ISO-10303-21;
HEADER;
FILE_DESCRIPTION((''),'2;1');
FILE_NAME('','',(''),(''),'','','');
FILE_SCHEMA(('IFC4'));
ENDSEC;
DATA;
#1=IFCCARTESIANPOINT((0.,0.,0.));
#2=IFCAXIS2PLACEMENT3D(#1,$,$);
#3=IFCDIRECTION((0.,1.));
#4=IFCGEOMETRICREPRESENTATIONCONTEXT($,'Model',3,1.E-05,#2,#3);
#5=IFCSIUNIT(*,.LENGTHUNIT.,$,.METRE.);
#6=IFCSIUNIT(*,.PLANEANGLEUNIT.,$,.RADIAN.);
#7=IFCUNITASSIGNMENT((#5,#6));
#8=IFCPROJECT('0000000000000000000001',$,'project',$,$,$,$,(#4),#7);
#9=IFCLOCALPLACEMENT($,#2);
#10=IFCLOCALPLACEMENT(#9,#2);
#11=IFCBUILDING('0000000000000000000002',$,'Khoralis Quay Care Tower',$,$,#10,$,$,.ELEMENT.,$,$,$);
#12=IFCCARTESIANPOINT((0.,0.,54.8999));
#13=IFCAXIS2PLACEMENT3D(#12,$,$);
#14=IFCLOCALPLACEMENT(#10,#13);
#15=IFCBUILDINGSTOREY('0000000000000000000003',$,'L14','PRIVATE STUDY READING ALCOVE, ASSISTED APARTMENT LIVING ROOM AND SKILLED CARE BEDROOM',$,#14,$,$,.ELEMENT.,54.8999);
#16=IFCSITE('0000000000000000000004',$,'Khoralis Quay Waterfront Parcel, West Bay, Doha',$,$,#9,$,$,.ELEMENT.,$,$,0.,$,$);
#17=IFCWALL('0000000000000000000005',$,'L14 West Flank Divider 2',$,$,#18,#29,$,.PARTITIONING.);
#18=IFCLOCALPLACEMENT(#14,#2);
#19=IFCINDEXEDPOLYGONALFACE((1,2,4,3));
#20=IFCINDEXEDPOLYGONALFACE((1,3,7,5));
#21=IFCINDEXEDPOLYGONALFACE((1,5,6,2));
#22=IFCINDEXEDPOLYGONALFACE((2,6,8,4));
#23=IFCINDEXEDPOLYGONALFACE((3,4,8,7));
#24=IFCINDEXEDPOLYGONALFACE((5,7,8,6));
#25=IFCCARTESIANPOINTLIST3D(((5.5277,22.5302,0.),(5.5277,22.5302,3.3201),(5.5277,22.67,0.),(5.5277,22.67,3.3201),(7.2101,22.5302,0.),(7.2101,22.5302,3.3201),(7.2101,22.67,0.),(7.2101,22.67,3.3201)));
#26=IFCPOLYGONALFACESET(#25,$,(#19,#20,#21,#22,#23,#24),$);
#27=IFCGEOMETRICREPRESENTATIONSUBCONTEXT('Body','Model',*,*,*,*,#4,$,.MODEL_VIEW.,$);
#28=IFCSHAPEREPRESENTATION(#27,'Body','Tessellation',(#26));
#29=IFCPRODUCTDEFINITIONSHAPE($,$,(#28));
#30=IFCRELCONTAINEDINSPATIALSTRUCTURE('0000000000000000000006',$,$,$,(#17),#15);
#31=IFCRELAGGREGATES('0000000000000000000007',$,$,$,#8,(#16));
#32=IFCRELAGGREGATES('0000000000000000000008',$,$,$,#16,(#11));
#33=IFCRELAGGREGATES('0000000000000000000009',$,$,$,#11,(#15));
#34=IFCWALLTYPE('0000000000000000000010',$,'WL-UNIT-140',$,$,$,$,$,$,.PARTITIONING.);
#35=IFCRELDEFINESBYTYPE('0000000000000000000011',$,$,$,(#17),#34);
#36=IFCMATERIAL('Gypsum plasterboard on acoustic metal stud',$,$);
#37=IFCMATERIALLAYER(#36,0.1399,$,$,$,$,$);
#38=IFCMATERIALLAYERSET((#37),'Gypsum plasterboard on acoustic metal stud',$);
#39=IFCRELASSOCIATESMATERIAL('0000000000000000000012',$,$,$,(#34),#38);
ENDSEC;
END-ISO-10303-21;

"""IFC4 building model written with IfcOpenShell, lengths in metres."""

from ifc_helpers import new_model, si_unit, direction, frame, frame_2d, origin, place, context, subcontext, project, spatial, rectangle, extrude, material, layer, layer_set, type_object, element, save


model = new_model("IFC4")

# Units and contexts
model_context = context("Model", 3, precision=1e-05, world=origin(), true_north=direction((0.0, 1.0)))
body_context = subcontext(model_context, "Body", "Model", "MODEL_VIEW")
ifc_project = project(units=[si_unit("LENGTHUNIT", "METRE"), si_unit("PLANEANGLEUNIT", "RADIAN")], contexts=[model_context])

# Site, building, storey
site_placement = place(None, origin())
site = spatial("IfcSite", under=ifc_project, at=site_placement, Name="Khoralis Quay Waterfront Parcel, West Bay, Doha", CompositionType="ELEMENT", RefElevation=0.0)
building_placement = place(site_placement, origin())
building = spatial("IfcBuilding", under=site, at=building_placement, Name="Khoralis Quay Care Tower", CompositionType="ELEMENT")
storey_placement = place(building_placement, frame((0.0, 0.0, 54.8999)))
storey = spatial("IfcBuildingStorey", under=building, at=storey_placement, Name="L14", Description="PRIVATE STUDY READING ALCOVE, ASSISTED APARTMENT LIVING ROOM AND SKILLED CARE BEDROOM", CompositionType="ELEMENT", Elevation=54.8999)

# Shared definitions
ifc_material_1 = material(Name="Gypsum plasterboard on acoustic metal stud")

# Wall
ifc_layer_1 = layer(ifc_material_1, 0.1399)
ifc_layer_set_1 = layer_set([ifc_layer_1], Name="Gypsum plasterboard on acoustic metal stud")
wall_type_1 = type_object("IfcWallType", Name="WL-UNIT-140", PredefinedType="PARTITIONING", material=ifc_layer_set_1)
for number, where, z_axis, x_axis, name in (
    (1, (5.5276, 22.6001, 0.0), (0.0, 0.0, 1.0), (1.0, 0.0, 0.0), "L14 West Flank Divider 2"),
):
    element("IfcWall", number, at=place(storey_placement, frame(where, z_axis=z_axis, x_axis=x_axis)), inside=storey, type_object=wall_type_1, Name=name, PredefinedType="PARTITIONING", context=body_context, shape_type="SweptSolid", body=[
        extrude(rectangle(XDim=1.6824, YDim=0.1399, at=frame_2d((0.8413, 0.0))), origin(), (0.0, 0.0, 1.0), 3.3201),
    ])

save(model, "model.ifc")
